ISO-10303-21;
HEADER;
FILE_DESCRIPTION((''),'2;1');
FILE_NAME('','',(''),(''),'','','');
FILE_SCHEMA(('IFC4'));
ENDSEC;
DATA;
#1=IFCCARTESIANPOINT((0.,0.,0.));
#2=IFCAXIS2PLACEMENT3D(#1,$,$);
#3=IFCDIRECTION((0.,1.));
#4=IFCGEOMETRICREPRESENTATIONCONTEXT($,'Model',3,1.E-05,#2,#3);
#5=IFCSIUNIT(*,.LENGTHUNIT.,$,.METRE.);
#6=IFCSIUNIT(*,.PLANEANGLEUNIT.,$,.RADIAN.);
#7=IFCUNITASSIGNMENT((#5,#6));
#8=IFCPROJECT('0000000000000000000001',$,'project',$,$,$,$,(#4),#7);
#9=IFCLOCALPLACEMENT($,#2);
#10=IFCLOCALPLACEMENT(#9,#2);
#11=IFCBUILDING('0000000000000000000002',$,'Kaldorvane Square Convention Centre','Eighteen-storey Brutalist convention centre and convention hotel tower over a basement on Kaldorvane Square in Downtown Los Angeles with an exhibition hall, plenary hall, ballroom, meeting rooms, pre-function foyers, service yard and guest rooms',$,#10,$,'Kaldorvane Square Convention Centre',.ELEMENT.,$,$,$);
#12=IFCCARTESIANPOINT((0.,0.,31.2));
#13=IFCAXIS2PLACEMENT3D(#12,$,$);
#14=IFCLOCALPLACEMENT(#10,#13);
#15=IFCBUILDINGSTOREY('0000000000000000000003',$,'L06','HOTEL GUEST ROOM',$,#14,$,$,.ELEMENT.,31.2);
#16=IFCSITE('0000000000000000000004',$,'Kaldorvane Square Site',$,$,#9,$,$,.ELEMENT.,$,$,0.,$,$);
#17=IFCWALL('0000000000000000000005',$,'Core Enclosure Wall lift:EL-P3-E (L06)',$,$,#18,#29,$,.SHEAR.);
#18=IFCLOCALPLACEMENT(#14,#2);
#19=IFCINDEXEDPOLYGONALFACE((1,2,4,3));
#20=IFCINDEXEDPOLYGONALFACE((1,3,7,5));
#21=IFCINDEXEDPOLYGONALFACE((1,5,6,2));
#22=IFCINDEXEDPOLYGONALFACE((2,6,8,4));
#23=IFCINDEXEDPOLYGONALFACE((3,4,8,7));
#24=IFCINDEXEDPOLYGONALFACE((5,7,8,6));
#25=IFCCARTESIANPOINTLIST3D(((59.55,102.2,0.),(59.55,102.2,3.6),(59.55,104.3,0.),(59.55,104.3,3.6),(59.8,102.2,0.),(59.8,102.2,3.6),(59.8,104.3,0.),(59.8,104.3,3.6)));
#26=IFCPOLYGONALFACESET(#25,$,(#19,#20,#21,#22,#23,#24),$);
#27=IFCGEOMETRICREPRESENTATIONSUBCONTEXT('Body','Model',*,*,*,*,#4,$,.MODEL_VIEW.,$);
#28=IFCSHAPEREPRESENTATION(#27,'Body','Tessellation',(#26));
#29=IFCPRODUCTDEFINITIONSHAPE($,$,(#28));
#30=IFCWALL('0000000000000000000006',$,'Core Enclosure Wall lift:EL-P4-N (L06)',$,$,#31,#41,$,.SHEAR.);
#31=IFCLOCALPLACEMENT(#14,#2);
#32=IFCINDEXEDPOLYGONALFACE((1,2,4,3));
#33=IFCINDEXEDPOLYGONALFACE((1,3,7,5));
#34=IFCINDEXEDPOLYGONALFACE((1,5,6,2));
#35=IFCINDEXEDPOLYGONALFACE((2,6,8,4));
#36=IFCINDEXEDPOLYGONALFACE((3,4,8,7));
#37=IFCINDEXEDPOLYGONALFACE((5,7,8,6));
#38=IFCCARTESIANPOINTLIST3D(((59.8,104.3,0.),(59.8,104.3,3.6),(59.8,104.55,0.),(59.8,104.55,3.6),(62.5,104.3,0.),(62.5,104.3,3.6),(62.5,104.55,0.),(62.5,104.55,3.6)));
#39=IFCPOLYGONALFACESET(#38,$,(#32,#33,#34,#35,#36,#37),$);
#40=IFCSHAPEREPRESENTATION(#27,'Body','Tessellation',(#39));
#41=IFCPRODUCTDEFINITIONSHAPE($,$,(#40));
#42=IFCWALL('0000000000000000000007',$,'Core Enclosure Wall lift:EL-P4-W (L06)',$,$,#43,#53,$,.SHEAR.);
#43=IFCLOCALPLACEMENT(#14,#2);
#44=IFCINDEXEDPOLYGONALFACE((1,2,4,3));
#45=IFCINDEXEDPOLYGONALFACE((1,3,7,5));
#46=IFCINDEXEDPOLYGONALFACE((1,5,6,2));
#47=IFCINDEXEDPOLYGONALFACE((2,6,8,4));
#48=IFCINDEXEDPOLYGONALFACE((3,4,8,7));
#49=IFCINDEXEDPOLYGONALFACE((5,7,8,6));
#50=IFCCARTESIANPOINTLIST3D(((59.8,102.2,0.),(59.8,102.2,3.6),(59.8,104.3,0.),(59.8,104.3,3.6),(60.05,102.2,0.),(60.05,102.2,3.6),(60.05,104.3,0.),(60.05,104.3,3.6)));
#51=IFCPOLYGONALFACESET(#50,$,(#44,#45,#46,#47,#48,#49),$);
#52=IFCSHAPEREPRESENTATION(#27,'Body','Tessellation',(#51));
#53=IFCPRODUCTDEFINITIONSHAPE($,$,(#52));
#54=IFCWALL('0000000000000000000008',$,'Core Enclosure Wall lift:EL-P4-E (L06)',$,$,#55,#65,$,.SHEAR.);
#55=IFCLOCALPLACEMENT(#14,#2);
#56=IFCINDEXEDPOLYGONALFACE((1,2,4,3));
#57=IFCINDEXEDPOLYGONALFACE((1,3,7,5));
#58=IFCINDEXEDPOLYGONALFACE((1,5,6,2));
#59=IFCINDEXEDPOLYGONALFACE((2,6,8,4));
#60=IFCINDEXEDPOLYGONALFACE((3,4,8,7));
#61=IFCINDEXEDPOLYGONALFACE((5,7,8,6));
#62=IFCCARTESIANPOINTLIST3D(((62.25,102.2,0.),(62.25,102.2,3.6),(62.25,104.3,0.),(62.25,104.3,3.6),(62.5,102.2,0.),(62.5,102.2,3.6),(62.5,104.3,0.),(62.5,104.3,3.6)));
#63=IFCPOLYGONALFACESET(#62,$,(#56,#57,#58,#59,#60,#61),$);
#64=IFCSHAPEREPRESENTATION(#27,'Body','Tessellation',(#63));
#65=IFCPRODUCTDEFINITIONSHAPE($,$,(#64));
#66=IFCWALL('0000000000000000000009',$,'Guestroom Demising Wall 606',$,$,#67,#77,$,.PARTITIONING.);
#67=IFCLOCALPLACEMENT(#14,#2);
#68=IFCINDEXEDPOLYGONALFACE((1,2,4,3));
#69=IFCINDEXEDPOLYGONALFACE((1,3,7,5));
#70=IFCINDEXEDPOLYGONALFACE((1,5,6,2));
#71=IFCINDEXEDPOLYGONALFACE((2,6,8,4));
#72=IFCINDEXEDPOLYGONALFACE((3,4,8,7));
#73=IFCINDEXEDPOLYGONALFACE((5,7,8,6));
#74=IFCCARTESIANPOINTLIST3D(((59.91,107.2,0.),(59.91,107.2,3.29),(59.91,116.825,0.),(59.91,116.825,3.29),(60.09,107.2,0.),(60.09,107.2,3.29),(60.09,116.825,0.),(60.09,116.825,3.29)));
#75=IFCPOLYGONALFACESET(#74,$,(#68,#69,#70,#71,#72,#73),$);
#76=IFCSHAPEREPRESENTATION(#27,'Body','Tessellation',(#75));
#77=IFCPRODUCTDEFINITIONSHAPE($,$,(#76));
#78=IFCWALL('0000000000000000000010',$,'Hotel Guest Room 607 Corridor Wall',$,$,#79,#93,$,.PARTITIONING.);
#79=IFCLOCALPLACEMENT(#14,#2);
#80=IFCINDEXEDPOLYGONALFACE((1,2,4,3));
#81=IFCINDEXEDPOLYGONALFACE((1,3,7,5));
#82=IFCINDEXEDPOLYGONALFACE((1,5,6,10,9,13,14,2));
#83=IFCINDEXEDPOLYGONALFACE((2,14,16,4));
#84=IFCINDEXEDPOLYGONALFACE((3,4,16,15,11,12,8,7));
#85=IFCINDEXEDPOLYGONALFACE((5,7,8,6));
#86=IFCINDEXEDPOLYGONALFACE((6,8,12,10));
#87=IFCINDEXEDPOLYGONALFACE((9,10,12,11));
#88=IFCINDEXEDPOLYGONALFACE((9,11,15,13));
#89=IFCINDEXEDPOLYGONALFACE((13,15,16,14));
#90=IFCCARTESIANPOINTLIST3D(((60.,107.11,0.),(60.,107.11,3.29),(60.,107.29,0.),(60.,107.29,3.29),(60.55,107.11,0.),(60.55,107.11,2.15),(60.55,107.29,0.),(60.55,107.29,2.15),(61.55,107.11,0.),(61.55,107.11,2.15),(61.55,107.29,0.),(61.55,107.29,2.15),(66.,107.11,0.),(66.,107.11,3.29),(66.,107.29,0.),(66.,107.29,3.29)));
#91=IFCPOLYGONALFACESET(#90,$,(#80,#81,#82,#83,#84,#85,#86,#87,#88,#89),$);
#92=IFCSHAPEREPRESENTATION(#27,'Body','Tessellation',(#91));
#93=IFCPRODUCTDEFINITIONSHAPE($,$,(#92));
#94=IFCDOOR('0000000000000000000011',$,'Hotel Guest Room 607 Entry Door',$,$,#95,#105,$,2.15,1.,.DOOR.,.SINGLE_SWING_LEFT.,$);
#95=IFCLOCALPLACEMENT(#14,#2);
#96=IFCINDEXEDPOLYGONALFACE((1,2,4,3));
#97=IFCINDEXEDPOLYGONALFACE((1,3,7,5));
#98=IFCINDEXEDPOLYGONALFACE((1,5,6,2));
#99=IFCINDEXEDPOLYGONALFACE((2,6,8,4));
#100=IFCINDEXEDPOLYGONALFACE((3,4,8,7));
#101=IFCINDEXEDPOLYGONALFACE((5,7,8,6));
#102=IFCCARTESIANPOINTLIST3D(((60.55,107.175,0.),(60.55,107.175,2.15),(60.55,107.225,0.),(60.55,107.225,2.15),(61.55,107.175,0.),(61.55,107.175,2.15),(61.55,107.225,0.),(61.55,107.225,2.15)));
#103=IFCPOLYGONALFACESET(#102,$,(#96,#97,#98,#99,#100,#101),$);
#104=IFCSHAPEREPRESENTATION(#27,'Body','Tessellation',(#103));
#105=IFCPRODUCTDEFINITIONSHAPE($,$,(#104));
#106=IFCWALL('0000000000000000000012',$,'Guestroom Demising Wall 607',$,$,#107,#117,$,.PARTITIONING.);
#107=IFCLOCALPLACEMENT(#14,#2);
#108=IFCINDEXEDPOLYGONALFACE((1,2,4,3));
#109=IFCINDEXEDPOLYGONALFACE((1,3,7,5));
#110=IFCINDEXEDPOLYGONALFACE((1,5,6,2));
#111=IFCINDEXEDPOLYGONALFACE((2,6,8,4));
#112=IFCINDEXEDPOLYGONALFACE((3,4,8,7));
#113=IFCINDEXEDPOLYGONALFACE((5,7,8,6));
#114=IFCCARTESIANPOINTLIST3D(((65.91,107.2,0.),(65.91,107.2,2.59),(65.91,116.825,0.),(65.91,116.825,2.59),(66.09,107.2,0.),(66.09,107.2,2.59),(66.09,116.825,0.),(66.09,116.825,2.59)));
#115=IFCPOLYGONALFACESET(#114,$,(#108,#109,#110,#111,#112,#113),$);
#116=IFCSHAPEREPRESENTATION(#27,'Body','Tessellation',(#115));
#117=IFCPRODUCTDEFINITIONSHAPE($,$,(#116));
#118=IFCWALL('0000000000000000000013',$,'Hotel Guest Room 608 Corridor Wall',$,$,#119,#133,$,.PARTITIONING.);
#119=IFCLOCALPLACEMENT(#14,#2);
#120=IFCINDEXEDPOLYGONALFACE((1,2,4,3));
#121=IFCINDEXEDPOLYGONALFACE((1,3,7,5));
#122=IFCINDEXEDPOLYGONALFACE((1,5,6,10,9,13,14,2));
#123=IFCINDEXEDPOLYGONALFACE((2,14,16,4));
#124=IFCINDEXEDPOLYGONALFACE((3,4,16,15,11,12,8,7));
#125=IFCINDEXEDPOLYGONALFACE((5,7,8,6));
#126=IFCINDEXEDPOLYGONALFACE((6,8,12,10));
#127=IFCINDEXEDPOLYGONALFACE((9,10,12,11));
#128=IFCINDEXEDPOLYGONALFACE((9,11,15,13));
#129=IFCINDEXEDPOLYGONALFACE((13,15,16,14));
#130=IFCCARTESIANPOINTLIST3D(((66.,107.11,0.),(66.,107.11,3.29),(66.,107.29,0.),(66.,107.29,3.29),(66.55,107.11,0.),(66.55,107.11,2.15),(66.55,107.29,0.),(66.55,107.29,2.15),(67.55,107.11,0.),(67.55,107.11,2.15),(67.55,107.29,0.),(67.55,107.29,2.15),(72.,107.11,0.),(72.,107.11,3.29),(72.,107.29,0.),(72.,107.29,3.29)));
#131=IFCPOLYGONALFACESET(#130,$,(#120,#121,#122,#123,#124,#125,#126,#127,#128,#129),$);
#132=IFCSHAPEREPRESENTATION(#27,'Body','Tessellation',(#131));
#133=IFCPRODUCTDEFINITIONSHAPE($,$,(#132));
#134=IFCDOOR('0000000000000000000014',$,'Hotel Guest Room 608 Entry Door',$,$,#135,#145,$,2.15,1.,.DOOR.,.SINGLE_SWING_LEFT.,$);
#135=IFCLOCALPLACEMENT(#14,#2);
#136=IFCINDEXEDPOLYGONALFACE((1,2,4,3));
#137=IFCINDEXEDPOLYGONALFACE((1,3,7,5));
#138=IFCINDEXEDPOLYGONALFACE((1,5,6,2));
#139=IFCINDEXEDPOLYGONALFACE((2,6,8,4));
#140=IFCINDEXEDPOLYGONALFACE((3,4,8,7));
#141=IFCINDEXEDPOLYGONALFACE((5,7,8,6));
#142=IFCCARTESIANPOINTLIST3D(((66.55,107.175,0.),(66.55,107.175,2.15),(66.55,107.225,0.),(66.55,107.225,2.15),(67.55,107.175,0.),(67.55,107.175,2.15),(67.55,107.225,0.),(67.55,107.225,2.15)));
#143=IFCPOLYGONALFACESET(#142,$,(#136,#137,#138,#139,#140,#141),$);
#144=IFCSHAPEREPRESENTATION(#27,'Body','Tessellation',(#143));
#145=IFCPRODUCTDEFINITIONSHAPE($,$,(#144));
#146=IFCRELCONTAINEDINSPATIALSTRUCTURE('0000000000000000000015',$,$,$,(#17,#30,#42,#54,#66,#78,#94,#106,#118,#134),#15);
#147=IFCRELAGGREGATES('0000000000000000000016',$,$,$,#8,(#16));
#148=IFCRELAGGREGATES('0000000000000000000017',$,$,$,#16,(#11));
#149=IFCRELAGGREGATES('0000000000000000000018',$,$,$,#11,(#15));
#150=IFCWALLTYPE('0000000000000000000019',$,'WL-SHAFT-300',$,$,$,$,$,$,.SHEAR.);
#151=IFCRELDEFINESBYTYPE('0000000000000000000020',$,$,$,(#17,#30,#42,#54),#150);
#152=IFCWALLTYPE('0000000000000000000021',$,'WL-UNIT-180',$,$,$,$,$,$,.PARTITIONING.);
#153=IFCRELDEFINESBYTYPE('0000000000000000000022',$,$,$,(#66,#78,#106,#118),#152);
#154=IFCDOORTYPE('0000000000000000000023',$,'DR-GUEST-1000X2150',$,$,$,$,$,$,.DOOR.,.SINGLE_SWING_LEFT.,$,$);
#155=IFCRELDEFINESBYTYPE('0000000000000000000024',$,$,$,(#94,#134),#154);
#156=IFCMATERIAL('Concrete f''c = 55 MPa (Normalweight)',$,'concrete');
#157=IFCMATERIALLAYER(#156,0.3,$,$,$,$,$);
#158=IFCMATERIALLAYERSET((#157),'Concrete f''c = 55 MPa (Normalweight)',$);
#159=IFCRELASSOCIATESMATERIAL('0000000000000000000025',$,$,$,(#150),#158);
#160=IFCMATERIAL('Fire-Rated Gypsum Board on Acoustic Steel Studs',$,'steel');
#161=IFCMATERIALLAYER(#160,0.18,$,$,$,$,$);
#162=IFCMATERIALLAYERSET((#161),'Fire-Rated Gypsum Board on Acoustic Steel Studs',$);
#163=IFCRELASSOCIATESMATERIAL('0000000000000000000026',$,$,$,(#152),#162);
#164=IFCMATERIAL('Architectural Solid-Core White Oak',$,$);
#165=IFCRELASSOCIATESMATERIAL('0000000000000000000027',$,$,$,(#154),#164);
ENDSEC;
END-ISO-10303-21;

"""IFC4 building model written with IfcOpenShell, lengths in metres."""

from ifc_helpers import new_model, si_unit, direction, frame, frame_2d, origin, place, context, subcontext, project, spatial, rectangle, extrude, material, layer, layer_set, type_object, element, fill, save


model = new_model("IFC4")

# Units and contexts
model_context = context("Model", 3, precision=1e-05, world=origin(), true_north=direction((0.0, 1.0)))
body_context = subcontext(model_context, "Body", "Model", "MODEL_VIEW")
ifc_project = project(units=[si_unit("LENGTHUNIT", "METRE"), si_unit("PLANEANGLEUNIT", "RADIAN")], contexts=[model_context])

# Site, building, storey
site_placement = place(None, origin())
site = spatial("IfcSite", under=ifc_project, at=site_placement, Name="Kaldorvane Square Site", CompositionType="ELEMENT", RefElevation=0.0)
building_placement = place(site_placement, origin())
building = spatial("IfcBuilding", under=site, at=building_placement, Name="Kaldorvane Square Convention Centre", Description="Eighteen-storey Brutalist convention centre and convention hotel tower over a basement on Kaldorvane Square in Downtown Los Angeles with an exhibition hall, plenary hall, ballroom, meeting rooms, pre-function foyers, service yard and guest rooms", LongName="Kaldorvane Square Convention Centre", CompositionType="ELEMENT")
storey_placement = place(building_placement, frame((0.0, 0.0, 31.2)))
storey = spatial("IfcBuildingStorey", under=building, at=storey_placement, Name="L06", Description="HOTEL GUEST ROOM", CompositionType="ELEMENT", Elevation=31.2)

# Shared definitions
ifc_material_1 = material(Name="Concrete f'c = 55 MPa (Normalweight)", Category="concrete")

# Shared definitions
ifc_material_2 = material(Name="Fire-Rated Gypsum Board on Acoustic Steel Studs", Category="steel")

# Shared definitions
ifc_material_3 = material(Name="Architectural Solid-Core White Oak")

# Walls
ifc_layer_1 = layer(ifc_material_1, 0.3)
ifc_layer_set_1 = layer_set([ifc_layer_1], Name="Concrete f'c = 55 MPa (Normalweight)")
wall_type_1 = type_object("IfcWallType", Name="WL-SHAFT-300", PredefinedType="SHEAR", material=ifc_layer_set_1)
wall_1_placement = place(storey_placement, frame((59.675, 102.2, 0.0), z_axis=(0.0, 0.0, 1.0), x_axis=(0.0, 1.0, 0.0)))
element("IfcWall", 1, at=wall_1_placement, inside=storey, type_object=wall_type_1, Name="Core Enclosure Wall lift:EL-P3-E (L06)", PredefinedType="SHEAR", context=body_context, shape_type="SweptSolid", body=[
    extrude(rectangle(XDim=2.1, YDim=0.25, at=frame_2d((1.05, 0.0))), origin(), (0.0, 0.0, 1.0), 3.6),
])
wall_2_placement = place(storey_placement, frame((62.5, 104.425, 0.0), z_axis=(0.0, 0.0, 1.0), x_axis=(-1.0, 0.0, 0.0)))
element("IfcWall", 2, at=wall_2_placement, inside=storey, type_object=wall_type_1, Name="Core Enclosure Wall lift:EL-P4-N (L06)", PredefinedType="SHEAR", context=body_context, shape_type="SweptSolid", body=[
    extrude(rectangle(XDim=2.7, YDim=0.25, at=frame_2d((1.35, 0.0))), origin(), (0.0, 0.0, 1.0), 3.6),
])
for number, where, z_axis, x_axis, name in (
    (3, (59.925, 104.3, 0.0), (0.0, 0.0, 1.0), (0.0, -1.0, 0.0), "Core Enclosure Wall lift:EL-P4-W (L06)"),
    (4, (62.375, 102.2, 0.0), (0.0, 0.0, 1.0), (0.0, 1.0, 0.0), "Core Enclosure Wall lift:EL-P4-E (L06)"),
):
    element("IfcWall", number, at=place(storey_placement, frame(where, z_axis=z_axis, x_axis=x_axis)), inside=storey, type_object=wall_type_1, Name=name, PredefinedType="SHEAR", context=body_context, shape_type="SweptSolid", body=[
        extrude(rectangle(XDim=2.1, YDim=0.25, at=frame_2d((1.05, 0.0))), origin(), (0.0, 0.0, 1.0), 3.6),
    ])
ifc_layer_2 = layer(ifc_material_2, 0.18)
ifc_layer_set_2 = layer_set([ifc_layer_2], Name="Fire-Rated Gypsum Board on Acoustic Steel Studs")
wall_type_2 = type_object("IfcWallType", Name="WL-UNIT-180", PredefinedType="PARTITIONING", material=ifc_layer_set_2)
wall_3_placement = place(storey_placement, frame((60.0, 107.2, 0.0), z_axis=(0.0, 0.0, 1.0), x_axis=(0.0, 1.0, 0.0)))
element("IfcWall", 5, at=wall_3_placement, inside=storey, type_object=wall_type_2, Name="Guestroom Demising Wall 606", PredefinedType="PARTITIONING", context=body_context, shape_type="SweptSolid", body=[
    extrude(rectangle(XDim=9.625, YDim=0.18, at=frame_2d((4.8125, 0.0))), origin(), (0.0, 0.0, 1.0), 3.29),
])

# Wall, opening, door
wall_4_placement = place(storey_placement, frame((60.0, 107.2, 0.0), z_axis=(0.0, 0.0, 1.0), x_axis=(1.0, 0.0, 0.0)))
wall_4 = element("IfcWall", 6, at=wall_4_placement, inside=storey, type_object=wall_type_2, Name="Hotel Guest Room 607 Corridor Wall", PredefinedType="PARTITIONING", context=body_context, shape_type="SweptSolid", body=[
    extrude(rectangle(XDim=6.0, YDim=0.18, at=frame_2d((3.0, 0.0))), origin(), (0.0, 0.0, 1.0), 3.29),
])
opening_1_placement = place(wall_4_placement, frame((0.55, 0.0, 0.0)))
opening_1 = element("IfcOpeningElement", 7, at=opening_1_placement, cuts=wall_4, PredefinedType="OPENING", context=body_context, shape_type="SweptSolid", body=[
    extrude(rectangle(XDim=1.0, YDim=2.15, at=frame_2d((0.5, 1.075))), frame((0.0, 0.105, 0.0), z_axis=(0.0, -1.0, 0.0), x_axis=(1.0, 0.0, 0.0)), (0.0, 0.0, 1.0), 0.21),
])
door_type_1 = type_object("IfcDoorType", Name="DR-GUEST-1000X2150", OperationType="SINGLE_SWING_LEFT", PredefinedType="DOOR", material=ifc_material_3)
door_1_placement = place(opening_1_placement, origin())
door_1 = element("IfcDoor", 8, at=door_1_placement, inside=storey, type_object=door_type_1, Name="Hotel Guest Room 607 Entry Door", OperationType="SINGLE_SWING_LEFT", OverallHeight=2.15, OverallWidth=1.0, PredefinedType="DOOR", context=body_context, shape_type="SweptSolid", body=[
    extrude(rectangle(XDim=1.0, YDim=2.15, at=frame_2d((0.5, 1.075))), frame((0.0, 0.025, 0.0), z_axis=(0.0, -1.0, 0.0), x_axis=(1.0, 0.0, 0.0)), (0.0, 0.0, 1.0), 0.05),
])
fill(opening_1, door_1)

# Wall
wall_5_placement = place(storey_placement, frame((66.0, 107.2, 0.0), z_axis=(0.0, 0.0, 1.0), x_axis=(0.0, 1.0, 0.0)))
element("IfcWall", 9, at=wall_5_placement, inside=storey, type_object=wall_type_2, Name="Guestroom Demising Wall 607", PredefinedType="PARTITIONING", context=body_context, shape_type="SweptSolid", body=[
    extrude(rectangle(XDim=9.625, YDim=0.18, at=frame_2d((4.8125, 0.0))), origin(), (0.0, 0.0, 1.0), 2.59),
])

# Wall, opening, door
wall_6_placement = place(storey_placement, frame((66.0, 107.2, 0.0), z_axis=(0.0, 0.0, 1.0), x_axis=(1.0, 0.0, 0.0)))
wall_6 = element("IfcWall", 10, at=wall_6_placement, inside=storey, type_object=wall_type_2, Name="Hotel Guest Room 608 Corridor Wall", PredefinedType="PARTITIONING", context=body_context, shape_type="SweptSolid", body=[
    extrude(rectangle(XDim=6.0, YDim=0.18, at=frame_2d((3.0, 0.0))), origin(), (0.0, 0.0, 1.0), 3.29),
])
opening_2_placement = place(wall_6_placement, frame((0.55, 0.0, 0.0)))
opening_2 = element("IfcOpeningElement", 11, at=opening_2_placement, cuts=wall_6, PredefinedType="OPENING", context=body_context, shape_type="SweptSolid", body=[
    extrude(rectangle(XDim=1.0, YDim=2.15, at=frame_2d((0.5, 1.075))), frame((0.0, 0.105, 0.0), z_axis=(0.0, -1.0, 0.0), x_axis=(1.0, 0.0, 0.0)), (0.0, 0.0, 1.0), 0.21),
])
door_2_placement = place(opening_2_placement, origin())
door_2 = element("IfcDoor", 12, at=door_2_placement, inside=storey, type_object=door_type_1, Name="Hotel Guest Room 608 Entry Door", OperationType="SINGLE_SWING_LEFT", OverallHeight=2.15, OverallWidth=1.0, PredefinedType="DOOR", context=body_context, shape_type="SweptSolid", body=[
    extrude(rectangle(XDim=1.0, YDim=2.15, at=frame_2d((0.5, 1.075))), frame((0.0, 0.025, 0.0), z_axis=(0.0, -1.0, 0.0), x_axis=(1.0, 0.0, 0.0)), (0.0, 0.0, 1.0), 0.05),
])
fill(opening_2, door_2)

save(model, "model.ifc")
